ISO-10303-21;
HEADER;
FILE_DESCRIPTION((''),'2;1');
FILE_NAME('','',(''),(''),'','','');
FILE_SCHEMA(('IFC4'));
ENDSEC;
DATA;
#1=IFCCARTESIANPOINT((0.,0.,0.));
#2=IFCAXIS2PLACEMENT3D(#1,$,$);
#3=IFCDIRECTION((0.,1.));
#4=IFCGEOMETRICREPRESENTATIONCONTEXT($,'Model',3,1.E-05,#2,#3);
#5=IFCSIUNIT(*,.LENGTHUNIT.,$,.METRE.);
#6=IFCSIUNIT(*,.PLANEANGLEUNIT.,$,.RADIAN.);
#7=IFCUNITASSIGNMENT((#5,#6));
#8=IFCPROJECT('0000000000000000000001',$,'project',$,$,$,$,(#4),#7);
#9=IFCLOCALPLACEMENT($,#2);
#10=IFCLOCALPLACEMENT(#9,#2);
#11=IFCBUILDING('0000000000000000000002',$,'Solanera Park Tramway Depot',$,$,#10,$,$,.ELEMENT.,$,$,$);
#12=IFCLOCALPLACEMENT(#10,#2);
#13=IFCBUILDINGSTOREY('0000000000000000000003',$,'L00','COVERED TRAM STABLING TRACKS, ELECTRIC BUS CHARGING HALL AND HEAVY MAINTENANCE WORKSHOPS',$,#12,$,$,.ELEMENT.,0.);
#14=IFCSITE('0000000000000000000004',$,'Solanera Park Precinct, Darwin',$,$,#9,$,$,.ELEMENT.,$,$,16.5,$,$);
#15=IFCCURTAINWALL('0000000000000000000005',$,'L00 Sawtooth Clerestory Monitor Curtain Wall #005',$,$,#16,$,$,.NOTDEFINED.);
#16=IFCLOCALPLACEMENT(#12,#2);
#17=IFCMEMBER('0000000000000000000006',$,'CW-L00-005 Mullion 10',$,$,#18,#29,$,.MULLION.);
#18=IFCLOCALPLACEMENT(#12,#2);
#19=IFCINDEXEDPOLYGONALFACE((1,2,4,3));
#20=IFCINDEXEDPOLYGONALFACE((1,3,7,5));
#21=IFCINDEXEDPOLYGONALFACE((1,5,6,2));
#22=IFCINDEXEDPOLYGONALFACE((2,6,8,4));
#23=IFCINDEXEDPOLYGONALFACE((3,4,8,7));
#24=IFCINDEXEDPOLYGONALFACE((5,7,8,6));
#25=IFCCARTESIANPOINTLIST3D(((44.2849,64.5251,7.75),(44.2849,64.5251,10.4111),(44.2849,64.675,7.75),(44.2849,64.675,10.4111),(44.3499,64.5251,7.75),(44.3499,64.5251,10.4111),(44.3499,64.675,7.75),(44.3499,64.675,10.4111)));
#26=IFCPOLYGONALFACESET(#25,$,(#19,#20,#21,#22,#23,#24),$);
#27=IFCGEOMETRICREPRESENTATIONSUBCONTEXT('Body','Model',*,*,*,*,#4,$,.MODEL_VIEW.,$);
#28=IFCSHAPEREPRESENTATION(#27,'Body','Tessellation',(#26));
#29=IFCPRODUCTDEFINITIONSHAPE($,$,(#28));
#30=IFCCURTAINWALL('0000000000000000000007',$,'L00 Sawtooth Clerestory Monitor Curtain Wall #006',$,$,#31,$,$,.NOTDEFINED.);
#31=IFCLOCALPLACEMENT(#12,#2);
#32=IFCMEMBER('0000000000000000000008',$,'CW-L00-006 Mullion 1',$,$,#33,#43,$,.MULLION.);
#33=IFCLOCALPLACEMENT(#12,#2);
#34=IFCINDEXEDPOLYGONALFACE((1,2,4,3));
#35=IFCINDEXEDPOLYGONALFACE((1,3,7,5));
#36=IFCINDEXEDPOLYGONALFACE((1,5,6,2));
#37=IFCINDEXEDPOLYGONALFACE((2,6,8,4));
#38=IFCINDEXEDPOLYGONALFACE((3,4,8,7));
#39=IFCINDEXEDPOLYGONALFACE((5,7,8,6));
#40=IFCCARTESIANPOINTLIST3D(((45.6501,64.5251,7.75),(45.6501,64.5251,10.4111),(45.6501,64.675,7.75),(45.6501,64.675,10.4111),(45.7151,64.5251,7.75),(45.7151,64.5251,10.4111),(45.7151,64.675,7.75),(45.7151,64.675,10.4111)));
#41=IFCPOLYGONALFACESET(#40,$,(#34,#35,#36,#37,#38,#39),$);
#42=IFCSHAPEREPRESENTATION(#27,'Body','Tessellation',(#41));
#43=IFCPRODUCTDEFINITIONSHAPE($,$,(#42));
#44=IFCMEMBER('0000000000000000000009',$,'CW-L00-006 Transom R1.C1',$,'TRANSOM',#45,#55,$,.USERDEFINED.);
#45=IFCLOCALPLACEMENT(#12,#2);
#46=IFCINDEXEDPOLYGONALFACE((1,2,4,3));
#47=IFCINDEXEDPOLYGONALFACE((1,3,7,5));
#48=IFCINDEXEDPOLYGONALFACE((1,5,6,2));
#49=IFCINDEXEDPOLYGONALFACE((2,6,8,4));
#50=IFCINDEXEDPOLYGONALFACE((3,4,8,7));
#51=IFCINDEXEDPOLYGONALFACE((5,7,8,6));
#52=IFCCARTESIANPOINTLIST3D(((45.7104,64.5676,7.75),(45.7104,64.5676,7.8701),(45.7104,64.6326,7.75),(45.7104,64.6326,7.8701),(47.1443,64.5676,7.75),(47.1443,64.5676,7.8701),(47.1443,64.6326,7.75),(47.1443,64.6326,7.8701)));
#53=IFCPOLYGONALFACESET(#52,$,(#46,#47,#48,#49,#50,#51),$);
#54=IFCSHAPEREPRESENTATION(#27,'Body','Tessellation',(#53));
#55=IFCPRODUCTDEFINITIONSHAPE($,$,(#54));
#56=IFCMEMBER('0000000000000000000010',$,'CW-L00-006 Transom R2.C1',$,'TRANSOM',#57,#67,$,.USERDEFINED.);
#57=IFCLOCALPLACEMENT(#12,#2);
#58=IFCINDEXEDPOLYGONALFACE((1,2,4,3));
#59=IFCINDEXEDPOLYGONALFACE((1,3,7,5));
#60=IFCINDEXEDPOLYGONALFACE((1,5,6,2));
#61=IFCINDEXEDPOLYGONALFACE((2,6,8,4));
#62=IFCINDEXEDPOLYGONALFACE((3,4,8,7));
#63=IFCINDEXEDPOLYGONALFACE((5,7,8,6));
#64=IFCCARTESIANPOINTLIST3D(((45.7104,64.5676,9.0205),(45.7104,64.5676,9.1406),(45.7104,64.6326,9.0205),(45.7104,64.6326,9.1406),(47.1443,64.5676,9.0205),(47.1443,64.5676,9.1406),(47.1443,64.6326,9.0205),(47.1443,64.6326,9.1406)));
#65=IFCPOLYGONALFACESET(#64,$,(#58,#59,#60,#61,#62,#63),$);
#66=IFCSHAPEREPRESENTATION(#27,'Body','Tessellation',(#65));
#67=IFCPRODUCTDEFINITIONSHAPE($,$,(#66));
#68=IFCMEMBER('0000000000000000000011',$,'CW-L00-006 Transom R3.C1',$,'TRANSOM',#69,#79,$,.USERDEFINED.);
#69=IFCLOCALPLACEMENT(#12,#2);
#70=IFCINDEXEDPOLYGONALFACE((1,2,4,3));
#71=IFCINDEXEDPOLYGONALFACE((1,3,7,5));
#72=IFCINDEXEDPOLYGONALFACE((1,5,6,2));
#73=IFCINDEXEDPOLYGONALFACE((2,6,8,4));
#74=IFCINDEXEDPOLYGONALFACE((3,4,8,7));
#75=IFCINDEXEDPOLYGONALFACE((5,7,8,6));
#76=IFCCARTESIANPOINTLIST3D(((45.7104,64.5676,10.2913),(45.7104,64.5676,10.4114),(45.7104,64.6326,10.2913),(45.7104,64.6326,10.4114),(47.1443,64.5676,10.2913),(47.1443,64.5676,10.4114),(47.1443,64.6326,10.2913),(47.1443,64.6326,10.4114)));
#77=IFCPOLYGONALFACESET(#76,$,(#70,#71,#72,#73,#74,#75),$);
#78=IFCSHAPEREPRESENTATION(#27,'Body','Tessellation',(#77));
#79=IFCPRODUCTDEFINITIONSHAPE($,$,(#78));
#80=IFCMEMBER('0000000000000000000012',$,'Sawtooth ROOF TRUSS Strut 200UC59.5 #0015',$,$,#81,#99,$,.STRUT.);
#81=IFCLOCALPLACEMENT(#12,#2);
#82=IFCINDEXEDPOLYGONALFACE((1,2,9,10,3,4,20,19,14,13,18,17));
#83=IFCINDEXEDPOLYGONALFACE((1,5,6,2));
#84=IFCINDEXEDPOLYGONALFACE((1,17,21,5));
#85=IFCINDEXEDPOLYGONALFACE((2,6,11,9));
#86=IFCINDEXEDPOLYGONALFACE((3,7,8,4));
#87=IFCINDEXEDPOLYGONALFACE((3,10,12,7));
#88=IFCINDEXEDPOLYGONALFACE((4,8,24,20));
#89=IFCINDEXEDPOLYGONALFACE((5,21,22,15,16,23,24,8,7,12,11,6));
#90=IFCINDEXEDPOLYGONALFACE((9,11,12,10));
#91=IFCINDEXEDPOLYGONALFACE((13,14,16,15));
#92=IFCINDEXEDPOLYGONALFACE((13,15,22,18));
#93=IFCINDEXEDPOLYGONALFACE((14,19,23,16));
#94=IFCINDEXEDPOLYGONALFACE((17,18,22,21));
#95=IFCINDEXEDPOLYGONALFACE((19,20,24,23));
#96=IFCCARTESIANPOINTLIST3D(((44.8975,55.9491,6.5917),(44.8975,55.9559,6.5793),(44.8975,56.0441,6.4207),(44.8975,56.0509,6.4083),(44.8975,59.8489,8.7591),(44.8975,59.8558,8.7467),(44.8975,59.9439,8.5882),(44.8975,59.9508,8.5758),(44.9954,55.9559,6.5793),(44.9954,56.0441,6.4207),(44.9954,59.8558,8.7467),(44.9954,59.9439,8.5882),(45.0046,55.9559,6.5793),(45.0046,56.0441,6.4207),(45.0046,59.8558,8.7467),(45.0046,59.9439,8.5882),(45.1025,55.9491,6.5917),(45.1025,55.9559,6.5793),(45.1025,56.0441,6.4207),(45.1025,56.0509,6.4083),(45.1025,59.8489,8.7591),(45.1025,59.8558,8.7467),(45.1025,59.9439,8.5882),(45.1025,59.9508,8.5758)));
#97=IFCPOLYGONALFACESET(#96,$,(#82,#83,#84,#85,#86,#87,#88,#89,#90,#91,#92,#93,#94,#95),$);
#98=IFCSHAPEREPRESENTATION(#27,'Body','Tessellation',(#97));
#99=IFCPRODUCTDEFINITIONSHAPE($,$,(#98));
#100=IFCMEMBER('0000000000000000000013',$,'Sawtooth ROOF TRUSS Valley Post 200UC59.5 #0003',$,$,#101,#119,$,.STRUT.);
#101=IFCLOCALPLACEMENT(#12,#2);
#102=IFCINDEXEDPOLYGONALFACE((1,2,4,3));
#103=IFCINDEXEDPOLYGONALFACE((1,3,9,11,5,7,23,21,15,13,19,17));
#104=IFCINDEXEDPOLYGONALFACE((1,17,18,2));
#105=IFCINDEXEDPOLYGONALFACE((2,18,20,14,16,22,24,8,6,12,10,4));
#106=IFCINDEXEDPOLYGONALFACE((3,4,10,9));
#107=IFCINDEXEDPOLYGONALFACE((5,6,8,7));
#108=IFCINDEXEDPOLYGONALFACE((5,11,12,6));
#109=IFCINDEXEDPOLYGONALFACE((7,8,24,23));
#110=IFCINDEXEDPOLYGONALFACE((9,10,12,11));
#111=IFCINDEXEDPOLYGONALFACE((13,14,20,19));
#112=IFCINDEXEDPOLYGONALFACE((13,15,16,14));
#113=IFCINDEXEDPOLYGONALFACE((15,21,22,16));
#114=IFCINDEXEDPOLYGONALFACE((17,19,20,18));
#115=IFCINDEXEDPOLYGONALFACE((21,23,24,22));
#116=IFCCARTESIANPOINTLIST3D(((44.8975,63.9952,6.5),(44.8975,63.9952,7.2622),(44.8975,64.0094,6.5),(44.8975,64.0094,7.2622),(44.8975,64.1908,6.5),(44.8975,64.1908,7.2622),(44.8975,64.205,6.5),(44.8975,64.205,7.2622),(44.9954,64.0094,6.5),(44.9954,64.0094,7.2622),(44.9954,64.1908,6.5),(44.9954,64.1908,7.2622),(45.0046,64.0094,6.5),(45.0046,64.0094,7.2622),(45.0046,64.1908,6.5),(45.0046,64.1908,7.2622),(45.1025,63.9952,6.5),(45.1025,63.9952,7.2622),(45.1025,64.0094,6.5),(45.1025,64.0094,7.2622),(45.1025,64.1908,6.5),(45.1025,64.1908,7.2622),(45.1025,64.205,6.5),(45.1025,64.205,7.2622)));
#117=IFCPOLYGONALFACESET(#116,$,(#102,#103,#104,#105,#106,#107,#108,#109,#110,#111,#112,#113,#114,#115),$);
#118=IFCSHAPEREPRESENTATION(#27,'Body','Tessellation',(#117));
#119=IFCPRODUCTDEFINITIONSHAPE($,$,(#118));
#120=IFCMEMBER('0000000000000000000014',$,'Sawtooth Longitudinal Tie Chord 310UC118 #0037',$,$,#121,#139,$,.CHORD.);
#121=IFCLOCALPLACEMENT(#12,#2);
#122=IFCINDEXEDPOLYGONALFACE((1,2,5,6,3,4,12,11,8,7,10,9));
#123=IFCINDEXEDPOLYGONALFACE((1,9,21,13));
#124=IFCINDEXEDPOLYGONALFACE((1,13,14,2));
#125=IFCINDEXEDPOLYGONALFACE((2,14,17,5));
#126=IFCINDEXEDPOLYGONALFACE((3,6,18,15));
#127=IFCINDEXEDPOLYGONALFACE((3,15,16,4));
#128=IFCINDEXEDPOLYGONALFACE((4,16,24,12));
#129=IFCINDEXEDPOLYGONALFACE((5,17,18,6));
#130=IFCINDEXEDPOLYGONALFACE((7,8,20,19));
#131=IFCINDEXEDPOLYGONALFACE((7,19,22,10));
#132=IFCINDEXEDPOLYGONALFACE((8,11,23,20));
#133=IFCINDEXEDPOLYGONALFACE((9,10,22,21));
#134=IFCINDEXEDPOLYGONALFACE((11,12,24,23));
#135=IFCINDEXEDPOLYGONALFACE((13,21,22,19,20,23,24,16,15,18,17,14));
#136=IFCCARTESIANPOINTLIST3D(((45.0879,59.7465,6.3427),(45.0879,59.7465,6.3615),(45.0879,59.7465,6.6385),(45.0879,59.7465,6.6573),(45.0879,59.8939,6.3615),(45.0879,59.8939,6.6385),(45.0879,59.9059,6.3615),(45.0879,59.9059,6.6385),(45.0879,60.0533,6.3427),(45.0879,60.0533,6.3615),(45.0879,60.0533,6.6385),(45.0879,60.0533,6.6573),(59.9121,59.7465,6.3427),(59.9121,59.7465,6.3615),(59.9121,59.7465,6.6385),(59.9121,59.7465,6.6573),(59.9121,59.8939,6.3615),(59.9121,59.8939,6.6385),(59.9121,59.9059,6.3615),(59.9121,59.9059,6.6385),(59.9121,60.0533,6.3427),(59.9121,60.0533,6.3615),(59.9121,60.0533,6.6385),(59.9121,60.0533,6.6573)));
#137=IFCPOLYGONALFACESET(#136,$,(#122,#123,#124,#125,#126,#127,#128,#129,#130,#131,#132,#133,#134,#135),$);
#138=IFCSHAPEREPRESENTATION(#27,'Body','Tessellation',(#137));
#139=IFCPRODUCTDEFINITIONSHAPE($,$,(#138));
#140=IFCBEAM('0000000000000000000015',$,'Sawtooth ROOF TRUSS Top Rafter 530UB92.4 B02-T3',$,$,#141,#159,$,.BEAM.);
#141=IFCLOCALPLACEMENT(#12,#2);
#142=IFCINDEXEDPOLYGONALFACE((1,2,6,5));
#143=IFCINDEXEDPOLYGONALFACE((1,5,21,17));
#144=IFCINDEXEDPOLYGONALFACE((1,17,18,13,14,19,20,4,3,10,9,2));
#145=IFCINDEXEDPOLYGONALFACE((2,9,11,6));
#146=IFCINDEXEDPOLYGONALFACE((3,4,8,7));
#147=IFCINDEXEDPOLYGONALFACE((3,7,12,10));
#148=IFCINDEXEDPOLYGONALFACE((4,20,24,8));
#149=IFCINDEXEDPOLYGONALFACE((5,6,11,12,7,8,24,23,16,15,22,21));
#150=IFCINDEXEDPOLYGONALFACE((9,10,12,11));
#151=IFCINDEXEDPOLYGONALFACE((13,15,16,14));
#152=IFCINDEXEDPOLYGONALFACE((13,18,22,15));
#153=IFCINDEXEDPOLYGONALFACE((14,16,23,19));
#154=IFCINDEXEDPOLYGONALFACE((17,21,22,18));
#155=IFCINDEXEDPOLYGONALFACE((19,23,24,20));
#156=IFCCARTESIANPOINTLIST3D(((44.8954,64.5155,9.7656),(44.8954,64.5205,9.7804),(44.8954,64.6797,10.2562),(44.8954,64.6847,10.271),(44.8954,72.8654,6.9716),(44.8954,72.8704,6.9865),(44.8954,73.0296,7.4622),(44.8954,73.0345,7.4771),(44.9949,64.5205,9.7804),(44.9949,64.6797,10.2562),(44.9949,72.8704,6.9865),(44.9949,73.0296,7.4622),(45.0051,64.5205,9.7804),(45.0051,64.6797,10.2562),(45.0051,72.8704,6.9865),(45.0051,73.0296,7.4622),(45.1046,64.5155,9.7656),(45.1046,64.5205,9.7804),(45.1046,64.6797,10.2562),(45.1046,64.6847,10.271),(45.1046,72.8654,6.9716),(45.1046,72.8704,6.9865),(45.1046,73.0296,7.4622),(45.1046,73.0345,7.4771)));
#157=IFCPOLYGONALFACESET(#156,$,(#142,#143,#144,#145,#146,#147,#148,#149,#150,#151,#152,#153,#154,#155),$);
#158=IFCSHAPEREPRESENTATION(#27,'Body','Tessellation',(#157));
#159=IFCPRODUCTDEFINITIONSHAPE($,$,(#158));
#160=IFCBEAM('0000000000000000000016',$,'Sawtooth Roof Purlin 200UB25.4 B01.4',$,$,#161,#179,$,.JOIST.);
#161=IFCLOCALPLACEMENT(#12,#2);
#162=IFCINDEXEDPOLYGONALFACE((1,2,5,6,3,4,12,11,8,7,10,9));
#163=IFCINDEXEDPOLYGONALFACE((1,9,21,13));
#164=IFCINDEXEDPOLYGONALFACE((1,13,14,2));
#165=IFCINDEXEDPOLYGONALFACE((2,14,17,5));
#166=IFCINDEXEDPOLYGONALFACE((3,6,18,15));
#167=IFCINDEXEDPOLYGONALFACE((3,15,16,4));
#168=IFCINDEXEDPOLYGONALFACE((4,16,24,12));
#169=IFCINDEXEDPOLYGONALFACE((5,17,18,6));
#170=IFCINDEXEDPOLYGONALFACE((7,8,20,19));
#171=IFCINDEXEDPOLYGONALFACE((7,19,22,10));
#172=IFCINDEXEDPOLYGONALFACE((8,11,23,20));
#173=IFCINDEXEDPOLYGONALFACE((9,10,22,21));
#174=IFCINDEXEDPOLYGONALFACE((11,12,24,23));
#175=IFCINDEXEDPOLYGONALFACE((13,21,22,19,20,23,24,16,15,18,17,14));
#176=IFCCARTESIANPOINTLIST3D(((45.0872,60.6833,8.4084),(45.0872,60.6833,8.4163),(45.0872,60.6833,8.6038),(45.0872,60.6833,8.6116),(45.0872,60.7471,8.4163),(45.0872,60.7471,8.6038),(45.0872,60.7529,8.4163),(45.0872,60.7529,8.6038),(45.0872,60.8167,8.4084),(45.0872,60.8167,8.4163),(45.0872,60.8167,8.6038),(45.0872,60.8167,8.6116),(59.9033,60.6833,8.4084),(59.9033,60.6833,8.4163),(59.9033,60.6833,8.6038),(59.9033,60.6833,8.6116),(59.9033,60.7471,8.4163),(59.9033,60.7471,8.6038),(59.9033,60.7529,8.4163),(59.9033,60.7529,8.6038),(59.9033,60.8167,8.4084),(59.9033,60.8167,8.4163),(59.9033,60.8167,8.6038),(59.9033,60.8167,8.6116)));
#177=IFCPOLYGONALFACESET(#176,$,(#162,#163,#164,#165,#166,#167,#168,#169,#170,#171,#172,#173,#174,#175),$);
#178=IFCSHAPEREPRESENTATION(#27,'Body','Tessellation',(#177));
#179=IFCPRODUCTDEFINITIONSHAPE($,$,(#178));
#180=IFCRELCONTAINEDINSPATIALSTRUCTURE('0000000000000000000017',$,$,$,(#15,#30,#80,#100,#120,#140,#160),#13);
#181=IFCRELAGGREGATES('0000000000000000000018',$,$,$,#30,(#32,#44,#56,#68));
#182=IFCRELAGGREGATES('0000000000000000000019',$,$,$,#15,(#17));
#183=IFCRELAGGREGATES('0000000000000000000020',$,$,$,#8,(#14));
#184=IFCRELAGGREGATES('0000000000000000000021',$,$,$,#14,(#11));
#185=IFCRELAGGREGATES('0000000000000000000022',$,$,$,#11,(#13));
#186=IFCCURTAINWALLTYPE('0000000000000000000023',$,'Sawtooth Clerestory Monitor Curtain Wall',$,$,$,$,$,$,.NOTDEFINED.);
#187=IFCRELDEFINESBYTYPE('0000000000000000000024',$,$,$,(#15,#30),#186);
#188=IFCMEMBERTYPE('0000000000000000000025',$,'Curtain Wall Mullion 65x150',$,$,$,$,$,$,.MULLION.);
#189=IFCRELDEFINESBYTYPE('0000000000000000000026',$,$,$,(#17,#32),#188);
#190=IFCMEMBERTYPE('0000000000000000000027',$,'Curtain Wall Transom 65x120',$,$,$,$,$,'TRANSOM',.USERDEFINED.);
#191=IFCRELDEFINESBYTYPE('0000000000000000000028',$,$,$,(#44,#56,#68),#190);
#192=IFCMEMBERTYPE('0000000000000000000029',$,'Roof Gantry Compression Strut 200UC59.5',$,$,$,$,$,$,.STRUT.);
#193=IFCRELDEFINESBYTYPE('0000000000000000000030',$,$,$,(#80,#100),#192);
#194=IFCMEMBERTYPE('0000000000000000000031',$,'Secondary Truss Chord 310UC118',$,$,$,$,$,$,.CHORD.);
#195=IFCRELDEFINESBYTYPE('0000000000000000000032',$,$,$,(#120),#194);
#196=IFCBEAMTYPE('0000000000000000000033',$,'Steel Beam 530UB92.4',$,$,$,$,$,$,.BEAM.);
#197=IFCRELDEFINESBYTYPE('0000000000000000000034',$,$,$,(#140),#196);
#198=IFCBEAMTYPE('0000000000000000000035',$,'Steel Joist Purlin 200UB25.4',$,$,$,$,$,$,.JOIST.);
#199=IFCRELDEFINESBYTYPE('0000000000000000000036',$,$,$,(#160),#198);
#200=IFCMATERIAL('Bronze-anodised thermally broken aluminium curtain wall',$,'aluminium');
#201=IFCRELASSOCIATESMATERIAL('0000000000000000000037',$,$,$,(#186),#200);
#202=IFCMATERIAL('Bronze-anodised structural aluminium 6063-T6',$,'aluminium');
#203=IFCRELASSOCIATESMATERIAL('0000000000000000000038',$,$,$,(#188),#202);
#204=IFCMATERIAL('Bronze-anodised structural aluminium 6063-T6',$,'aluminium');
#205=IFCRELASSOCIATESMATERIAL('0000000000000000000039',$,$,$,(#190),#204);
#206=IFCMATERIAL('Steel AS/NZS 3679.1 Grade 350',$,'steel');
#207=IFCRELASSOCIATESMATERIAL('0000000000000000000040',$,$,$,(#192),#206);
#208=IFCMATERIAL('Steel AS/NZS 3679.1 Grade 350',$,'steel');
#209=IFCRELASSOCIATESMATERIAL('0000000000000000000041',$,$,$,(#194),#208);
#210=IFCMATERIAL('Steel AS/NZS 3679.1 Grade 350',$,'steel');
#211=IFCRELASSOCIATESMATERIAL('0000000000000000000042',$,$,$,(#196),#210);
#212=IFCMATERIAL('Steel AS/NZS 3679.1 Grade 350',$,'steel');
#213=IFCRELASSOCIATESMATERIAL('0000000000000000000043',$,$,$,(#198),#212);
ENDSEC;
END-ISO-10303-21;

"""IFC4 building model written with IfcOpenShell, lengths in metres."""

from ifc_helpers import new_model, si_unit, direction, frame, origin, origin_2d, place, context, subcontext, project, spatial, rectangle, i_section, extrude, material, material_profile, profile_set, type_object, element, aggregate, save


model = new_model("IFC4")

# Units and contexts
model_context = context("Model", 3, precision=1e-05, world=origin(), true_north=direction((0.0, 1.0)))
body_context = subcontext(model_context, "Body", "Model", "MODEL_VIEW")
ifc_project = project(units=[si_unit("LENGTHUNIT", "METRE"), si_unit("PLANEANGLEUNIT", "RADIAN")], contexts=[model_context])

# Site, building, storey
site_placement = place(None, origin())
site = spatial("IfcSite", under=ifc_project, at=site_placement, Name="Solanera Park Precinct, Darwin", CompositionType="ELEMENT", RefElevation=16.5)
building_placement = place(site_placement, origin())
building = spatial("IfcBuilding", under=site, at=building_placement, Name="Solanera Park Tramway Depot", CompositionType="ELEMENT")
storey_placement = place(building_placement, origin())
storey = spatial("IfcBuildingStorey", under=building, at=storey_placement, Name="L00", Description="COVERED TRAM STABLING TRACKS, ELECTRIC BUS CHARGING HALL AND HEAVY MAINTENANCE WORKSHOPS", CompositionType="ELEMENT", Elevation=0.0)

# Curtain wall, member
ifc_material_1 = material(Name="Bronze-anodised thermally broken aluminium curtain wall", Category="aluminium")
curtain_wall_type = type_object("IfcCurtainWallType", Name="Sawtooth Clerestory Monitor Curtain Wall", PredefinedType="NOTDEFINED", material=ifc_material_1)
curtain_wall_1_placement = place(storey_placement, origin())
curtain_wall_1 = element("IfcCurtainWall", 1, at=curtain_wall_1_placement, inside=storey, type_object=curtain_wall_type, Name="L00 Sawtooth Clerestory Monitor Curtain Wall #005", PredefinedType="NOTDEFINED")
ifc_material_2 = material(Name="Bronze-anodised structural aluminium 6063-T6", Category="aluminium")
ifc_material_profile_1 = material_profile(ifc_material_2, rectangle(XDim=0.0649, YDim=0.1499, at=origin_2d()), Name="Curtain Wall Mullion 65x150")
ifc_profile_set_1 = profile_set([ifc_material_profile_1], Name="Bronze-anodised structural aluminium 6063-T6")
member_type_1 = type_object("IfcMemberType", Name="Curtain Wall Mullion 65x150", PredefinedType="MULLION", material=ifc_profile_set_1)
member_1_placement = place(storey_placement, frame((44.3174, 64.6001, 7.75), z_axis=(0.0, 0.0, 1.0), x_axis=(1.0, 0.0, 0.0)))
member_1 = element("IfcMember", 2, at=member_1_placement, type_object=member_type_1, Name="CW-L00-005 Mullion 10", PredefinedType="MULLION", context=body_context, shape_type="SweptSolid", body=[
    extrude(rectangle(XDim=0.0649, YDim=0.1499, at=origin_2d()), origin(), (0.0, 0.0, 1.0), 2.6611),
])

# Curtain wall, members
curtain_wall_2_placement = place(storey_placement, origin())
curtain_wall_2 = element("IfcCurtainWall", 3, at=curtain_wall_2_placement, inside=storey, type_object=curtain_wall_type, Name="L00 Sawtooth Clerestory Monitor Curtain Wall #006", PredefinedType="NOTDEFINED")
member_2_placement = place(storey_placement, frame((45.6826, 64.6001, 7.75), z_axis=(0.0, 0.0, 1.0), x_axis=(1.0, 0.0, 0.0)))
member_2 = element("IfcMember", 4, at=member_2_placement, type_object=member_type_1, Name="CW-L00-006 Mullion 1", PredefinedType="MULLION", context=body_context, shape_type="SweptSolid", body=[
    extrude(rectangle(XDim=0.0649, YDim=0.1499, at=origin_2d()), origin(), (0.0, 0.0, 1.0), 2.6611),
])
ifc_material_3 = material(Name="Bronze-anodised structural aluminium 6063-T6", Category="aluminium")
ifc_material_profile_2 = material_profile(ifc_material_3, rectangle(XDim=0.0649, YDim=0.1201, at=origin_2d()), Name="Curtain Wall Transom 65x120")
ifc_profile_set_2 = profile_set([ifc_material_profile_2], Name="Bronze-anodised structural aluminium 6063-T6")
member_type_2 = type_object("IfcMemberType", Name="Curtain Wall Transom 65x120", ElementType="TRANSOM", PredefinedType="USERDEFINED", material=ifc_profile_set_2)
member_3_placement = place(storey_placement, frame((45.7104, 64.6001, 7.8101), z_axis=(1.0, 0.0, 0.0), x_axis=(0.0, 1.0, 0.0)))
member_3 = element("IfcMember", 5, at=member_3_placement, type_object=member_type_2, Name="CW-L00-006 Transom R1.C1", ObjectType="TRANSOM", PredefinedType="USERDEFINED", context=body_context, shape_type="SweptSolid", body=[
    extrude(rectangle(XDim=0.0649, YDim=0.1201, at=origin_2d()), origin(), (0.0, 0.0, 1.0), 1.4338),
])
member_4_placement = place(storey_placement, frame((45.7104, 64.6001, 9.0806), z_axis=(1.0, 0.0, 0.0), x_axis=(0.0, 1.0, 0.0)))
member_4 = element("IfcMember", 6, at=member_4_placement, type_object=member_type_2, Name="CW-L00-006 Transom R2.C1", ObjectType="TRANSOM", PredefinedType="USERDEFINED", context=body_context, shape_type="SweptSolid", body=[
    extrude(rectangle(XDim=0.0649, YDim=0.1201, at=origin_2d()), origin(), (0.0, 0.0, 1.0), 1.4338),
])
member_5_placement = place(storey_placement, frame((45.7104, 64.6001, 10.3513), z_axis=(1.0, 0.0, 0.0), x_axis=(0.0, 1.0, 0.0)))
member_5 = element("IfcMember", 7, at=member_5_placement, type_object=member_type_2, Name="CW-L00-006 Transom R3.C1", ObjectType="TRANSOM", PredefinedType="USERDEFINED", context=body_context, shape_type="SweptSolid", body=[
    extrude(rectangle(XDim=0.0649, YDim=0.1201, at=origin_2d()), origin(), (0.0, 0.0, 1.0), 1.4338),
])
aggregate(curtain_wall_2, [member_2, member_3, member_4, member_5])

# Members
ifc_material_4 = material(Name="Steel AS/NZS 3679.1 Grade 350", Category="steel")
ifc_material_profile_3 = material_profile(ifc_material_4, i_section(OverallWidth=0.2051, OverallDepth=0.2097, WebThickness=0.0093, FlangeThickness=0.0142, at=origin_2d()), Name="200UC59.5")
ifc_profile_set_3 = profile_set([ifc_material_profile_3], Name="Steel AS/NZS 3679.1 Grade 350")
member_type_3 = type_object("IfcMemberType", Name="Roof Gantry Compression Strut 200UC59.5", PredefinedType="STRUT", material=ifc_profile_set_3)
member_6_placement = place(storey_placement, frame((45.0, 56.0, 6.5), z_axis=(0.0, 0.874075, 0.485792), x_axis=(-1.0, 0.0, 0.0)))
element("IfcMember", 8, at=member_6_placement, inside=storey, type_object=member_type_3, Name="Sawtooth ROOF TRUSS Strut 200UC59.5 #0015", PredefinedType="STRUT", context=body_context, shape_type="SweptSolid", body=[
    extrude(i_section(OverallWidth=0.2051, OverallDepth=0.2097, WebThickness=0.0093, FlangeThickness=0.0142, at=origin_2d()), origin(), (0.0, 0.0, 1.0), 4.4617),
])
member_7_placement = place(storey_placement, frame((45.0, 64.1001, 6.5), z_axis=(0.0, 0.0, 1.0), x_axis=(1.0, 0.0, 0.0)))
element("IfcMember", 9, at=member_7_placement, inside=storey, type_object=member_type_3, Name="Sawtooth ROOF TRUSS Valley Post 200UC59.5 #0003", PredefinedType="STRUT", context=body_context, shape_type="SweptSolid", body=[
    extrude(i_section(OverallWidth=0.2051, OverallDepth=0.2097, WebThickness=0.0093, FlangeThickness=0.0142, at=origin_2d()), origin(), (0.0, 0.0, 1.0), 0.7622),
])
ifc_material_5 = material(Name="Steel AS/NZS 3679.1 Grade 350", Category="steel")
ifc_material_profile_4 = material_profile(ifc_material_5, i_section(OverallWidth=0.3069, OverallDepth=0.3147, WebThickness=0.012, FlangeThickness=0.0188, at=origin_2d()), Name="310UC118")
ifc_profile_set_4 = profile_set([ifc_material_profile_4], Name="Steel AS/NZS 3679.1 Grade 350")
member_type_4 = type_object("IfcMemberType", Name="Secondary Truss Chord 310UC118", PredefinedType="CHORD", material=ifc_profile_set_4)
member_8_placement = place(storey_placement, frame((45.0879, 59.8999, 6.5), z_axis=(1.0, 0.0, 0.0), x_axis=(0.0, 1.0, 0.0)))
element("IfcMember", 10, at=member_8_placement, inside=storey, type_object=member_type_4, Name="Sawtooth Longitudinal Tie Chord 310UC118 #0037", PredefinedType="CHORD", context=body_context, shape_type="SweptSolid", body=[
    extrude(i_section(OverallWidth=0.3069, OverallDepth=0.3147, WebThickness=0.012, FlangeThickness=0.0188, at=origin_2d()), origin(), (0.0, 0.0, 1.0), 14.8242),
])

# Beams
ifc_material_6 = material(Name="Steel AS/NZS 3679.1 Grade 350", Category="steel")
ifc_material_profile_5 = material_profile(ifc_material_6, i_section(OverallWidth=0.2092, OverallDepth=0.533, WebThickness=0.0103, FlangeThickness=0.0156, at=origin_2d()), Name="530UB92.4")
ifc_profile_set_5 = profile_set([ifc_material_profile_5], Name="Steel AS/NZS 3679.1 Grade 350")
beam_type_1 = type_object("IfcBeamType", Name="Steel Beam 530UB92.4", PredefinedType="BEAM", material=ifc_profile_set_5)
beam_1_placement = place(storey_placement, frame((45.0, 64.6001, 10.0183), z_axis=(0.0, 0.948319, -0.317317), x_axis=(-1.0, 0.0, 0.0)))
element("IfcBeam", 11, at=beam_1_placement, inside=storey, type_object=beam_type_1, Name="Sawtooth ROOF TRUSS Top Rafter 530UB92.4 B02-T3", PredefinedType="BEAM", context=body_context, shape_type="SweptSolid", body=[
    extrude(i_section(OverallWidth=0.2092, OverallDepth=0.533, WebThickness=0.0103, FlangeThickness=0.0156, at=origin_2d()), origin(), (0.0, 0.0, 1.0), 8.8049),
])
ifc_material_7 = material(Name="Steel AS/NZS 3679.1 Grade 350", Category="steel")
ifc_material_profile_6 = material_profile(ifc_material_7, i_section(OverallWidth=0.1333, OverallDepth=0.2031, WebThickness=0.0059, FlangeThickness=0.0078, at=origin_2d()), Name="200UB25.4")
ifc_profile_set_6 = profile_set([ifc_material_profile_6], Name="Steel AS/NZS 3679.1 Grade 350")
beam_type_2 = type_object("IfcBeamType", Name="Steel Joist Purlin 200UB25.4", PredefinedType="JOIST", material=ifc_profile_set_6)
beam_2_placement = place(storey_placement, frame((45.0872, 60.75, 8.51), z_axis=(1.0, 0.0, 0.0), x_axis=(0.0, 1.0, 0.0)))
element("IfcBeam", 12, at=beam_2_placement, inside=storey, type_object=beam_type_2, Name="Sawtooth Roof Purlin 200UB25.4 B01.4", PredefinedType="JOIST", context=body_context, shape_type="SweptSolid", body=[
    extrude(i_section(OverallWidth=0.1333, OverallDepth=0.2031, WebThickness=0.0059, FlangeThickness=0.0078, at=origin_2d()), origin(), (0.0, 0.0, 1.0), 14.8162),
])

aggregate(curtain_wall_1, [member_1])

save(model, "model.ifc")
